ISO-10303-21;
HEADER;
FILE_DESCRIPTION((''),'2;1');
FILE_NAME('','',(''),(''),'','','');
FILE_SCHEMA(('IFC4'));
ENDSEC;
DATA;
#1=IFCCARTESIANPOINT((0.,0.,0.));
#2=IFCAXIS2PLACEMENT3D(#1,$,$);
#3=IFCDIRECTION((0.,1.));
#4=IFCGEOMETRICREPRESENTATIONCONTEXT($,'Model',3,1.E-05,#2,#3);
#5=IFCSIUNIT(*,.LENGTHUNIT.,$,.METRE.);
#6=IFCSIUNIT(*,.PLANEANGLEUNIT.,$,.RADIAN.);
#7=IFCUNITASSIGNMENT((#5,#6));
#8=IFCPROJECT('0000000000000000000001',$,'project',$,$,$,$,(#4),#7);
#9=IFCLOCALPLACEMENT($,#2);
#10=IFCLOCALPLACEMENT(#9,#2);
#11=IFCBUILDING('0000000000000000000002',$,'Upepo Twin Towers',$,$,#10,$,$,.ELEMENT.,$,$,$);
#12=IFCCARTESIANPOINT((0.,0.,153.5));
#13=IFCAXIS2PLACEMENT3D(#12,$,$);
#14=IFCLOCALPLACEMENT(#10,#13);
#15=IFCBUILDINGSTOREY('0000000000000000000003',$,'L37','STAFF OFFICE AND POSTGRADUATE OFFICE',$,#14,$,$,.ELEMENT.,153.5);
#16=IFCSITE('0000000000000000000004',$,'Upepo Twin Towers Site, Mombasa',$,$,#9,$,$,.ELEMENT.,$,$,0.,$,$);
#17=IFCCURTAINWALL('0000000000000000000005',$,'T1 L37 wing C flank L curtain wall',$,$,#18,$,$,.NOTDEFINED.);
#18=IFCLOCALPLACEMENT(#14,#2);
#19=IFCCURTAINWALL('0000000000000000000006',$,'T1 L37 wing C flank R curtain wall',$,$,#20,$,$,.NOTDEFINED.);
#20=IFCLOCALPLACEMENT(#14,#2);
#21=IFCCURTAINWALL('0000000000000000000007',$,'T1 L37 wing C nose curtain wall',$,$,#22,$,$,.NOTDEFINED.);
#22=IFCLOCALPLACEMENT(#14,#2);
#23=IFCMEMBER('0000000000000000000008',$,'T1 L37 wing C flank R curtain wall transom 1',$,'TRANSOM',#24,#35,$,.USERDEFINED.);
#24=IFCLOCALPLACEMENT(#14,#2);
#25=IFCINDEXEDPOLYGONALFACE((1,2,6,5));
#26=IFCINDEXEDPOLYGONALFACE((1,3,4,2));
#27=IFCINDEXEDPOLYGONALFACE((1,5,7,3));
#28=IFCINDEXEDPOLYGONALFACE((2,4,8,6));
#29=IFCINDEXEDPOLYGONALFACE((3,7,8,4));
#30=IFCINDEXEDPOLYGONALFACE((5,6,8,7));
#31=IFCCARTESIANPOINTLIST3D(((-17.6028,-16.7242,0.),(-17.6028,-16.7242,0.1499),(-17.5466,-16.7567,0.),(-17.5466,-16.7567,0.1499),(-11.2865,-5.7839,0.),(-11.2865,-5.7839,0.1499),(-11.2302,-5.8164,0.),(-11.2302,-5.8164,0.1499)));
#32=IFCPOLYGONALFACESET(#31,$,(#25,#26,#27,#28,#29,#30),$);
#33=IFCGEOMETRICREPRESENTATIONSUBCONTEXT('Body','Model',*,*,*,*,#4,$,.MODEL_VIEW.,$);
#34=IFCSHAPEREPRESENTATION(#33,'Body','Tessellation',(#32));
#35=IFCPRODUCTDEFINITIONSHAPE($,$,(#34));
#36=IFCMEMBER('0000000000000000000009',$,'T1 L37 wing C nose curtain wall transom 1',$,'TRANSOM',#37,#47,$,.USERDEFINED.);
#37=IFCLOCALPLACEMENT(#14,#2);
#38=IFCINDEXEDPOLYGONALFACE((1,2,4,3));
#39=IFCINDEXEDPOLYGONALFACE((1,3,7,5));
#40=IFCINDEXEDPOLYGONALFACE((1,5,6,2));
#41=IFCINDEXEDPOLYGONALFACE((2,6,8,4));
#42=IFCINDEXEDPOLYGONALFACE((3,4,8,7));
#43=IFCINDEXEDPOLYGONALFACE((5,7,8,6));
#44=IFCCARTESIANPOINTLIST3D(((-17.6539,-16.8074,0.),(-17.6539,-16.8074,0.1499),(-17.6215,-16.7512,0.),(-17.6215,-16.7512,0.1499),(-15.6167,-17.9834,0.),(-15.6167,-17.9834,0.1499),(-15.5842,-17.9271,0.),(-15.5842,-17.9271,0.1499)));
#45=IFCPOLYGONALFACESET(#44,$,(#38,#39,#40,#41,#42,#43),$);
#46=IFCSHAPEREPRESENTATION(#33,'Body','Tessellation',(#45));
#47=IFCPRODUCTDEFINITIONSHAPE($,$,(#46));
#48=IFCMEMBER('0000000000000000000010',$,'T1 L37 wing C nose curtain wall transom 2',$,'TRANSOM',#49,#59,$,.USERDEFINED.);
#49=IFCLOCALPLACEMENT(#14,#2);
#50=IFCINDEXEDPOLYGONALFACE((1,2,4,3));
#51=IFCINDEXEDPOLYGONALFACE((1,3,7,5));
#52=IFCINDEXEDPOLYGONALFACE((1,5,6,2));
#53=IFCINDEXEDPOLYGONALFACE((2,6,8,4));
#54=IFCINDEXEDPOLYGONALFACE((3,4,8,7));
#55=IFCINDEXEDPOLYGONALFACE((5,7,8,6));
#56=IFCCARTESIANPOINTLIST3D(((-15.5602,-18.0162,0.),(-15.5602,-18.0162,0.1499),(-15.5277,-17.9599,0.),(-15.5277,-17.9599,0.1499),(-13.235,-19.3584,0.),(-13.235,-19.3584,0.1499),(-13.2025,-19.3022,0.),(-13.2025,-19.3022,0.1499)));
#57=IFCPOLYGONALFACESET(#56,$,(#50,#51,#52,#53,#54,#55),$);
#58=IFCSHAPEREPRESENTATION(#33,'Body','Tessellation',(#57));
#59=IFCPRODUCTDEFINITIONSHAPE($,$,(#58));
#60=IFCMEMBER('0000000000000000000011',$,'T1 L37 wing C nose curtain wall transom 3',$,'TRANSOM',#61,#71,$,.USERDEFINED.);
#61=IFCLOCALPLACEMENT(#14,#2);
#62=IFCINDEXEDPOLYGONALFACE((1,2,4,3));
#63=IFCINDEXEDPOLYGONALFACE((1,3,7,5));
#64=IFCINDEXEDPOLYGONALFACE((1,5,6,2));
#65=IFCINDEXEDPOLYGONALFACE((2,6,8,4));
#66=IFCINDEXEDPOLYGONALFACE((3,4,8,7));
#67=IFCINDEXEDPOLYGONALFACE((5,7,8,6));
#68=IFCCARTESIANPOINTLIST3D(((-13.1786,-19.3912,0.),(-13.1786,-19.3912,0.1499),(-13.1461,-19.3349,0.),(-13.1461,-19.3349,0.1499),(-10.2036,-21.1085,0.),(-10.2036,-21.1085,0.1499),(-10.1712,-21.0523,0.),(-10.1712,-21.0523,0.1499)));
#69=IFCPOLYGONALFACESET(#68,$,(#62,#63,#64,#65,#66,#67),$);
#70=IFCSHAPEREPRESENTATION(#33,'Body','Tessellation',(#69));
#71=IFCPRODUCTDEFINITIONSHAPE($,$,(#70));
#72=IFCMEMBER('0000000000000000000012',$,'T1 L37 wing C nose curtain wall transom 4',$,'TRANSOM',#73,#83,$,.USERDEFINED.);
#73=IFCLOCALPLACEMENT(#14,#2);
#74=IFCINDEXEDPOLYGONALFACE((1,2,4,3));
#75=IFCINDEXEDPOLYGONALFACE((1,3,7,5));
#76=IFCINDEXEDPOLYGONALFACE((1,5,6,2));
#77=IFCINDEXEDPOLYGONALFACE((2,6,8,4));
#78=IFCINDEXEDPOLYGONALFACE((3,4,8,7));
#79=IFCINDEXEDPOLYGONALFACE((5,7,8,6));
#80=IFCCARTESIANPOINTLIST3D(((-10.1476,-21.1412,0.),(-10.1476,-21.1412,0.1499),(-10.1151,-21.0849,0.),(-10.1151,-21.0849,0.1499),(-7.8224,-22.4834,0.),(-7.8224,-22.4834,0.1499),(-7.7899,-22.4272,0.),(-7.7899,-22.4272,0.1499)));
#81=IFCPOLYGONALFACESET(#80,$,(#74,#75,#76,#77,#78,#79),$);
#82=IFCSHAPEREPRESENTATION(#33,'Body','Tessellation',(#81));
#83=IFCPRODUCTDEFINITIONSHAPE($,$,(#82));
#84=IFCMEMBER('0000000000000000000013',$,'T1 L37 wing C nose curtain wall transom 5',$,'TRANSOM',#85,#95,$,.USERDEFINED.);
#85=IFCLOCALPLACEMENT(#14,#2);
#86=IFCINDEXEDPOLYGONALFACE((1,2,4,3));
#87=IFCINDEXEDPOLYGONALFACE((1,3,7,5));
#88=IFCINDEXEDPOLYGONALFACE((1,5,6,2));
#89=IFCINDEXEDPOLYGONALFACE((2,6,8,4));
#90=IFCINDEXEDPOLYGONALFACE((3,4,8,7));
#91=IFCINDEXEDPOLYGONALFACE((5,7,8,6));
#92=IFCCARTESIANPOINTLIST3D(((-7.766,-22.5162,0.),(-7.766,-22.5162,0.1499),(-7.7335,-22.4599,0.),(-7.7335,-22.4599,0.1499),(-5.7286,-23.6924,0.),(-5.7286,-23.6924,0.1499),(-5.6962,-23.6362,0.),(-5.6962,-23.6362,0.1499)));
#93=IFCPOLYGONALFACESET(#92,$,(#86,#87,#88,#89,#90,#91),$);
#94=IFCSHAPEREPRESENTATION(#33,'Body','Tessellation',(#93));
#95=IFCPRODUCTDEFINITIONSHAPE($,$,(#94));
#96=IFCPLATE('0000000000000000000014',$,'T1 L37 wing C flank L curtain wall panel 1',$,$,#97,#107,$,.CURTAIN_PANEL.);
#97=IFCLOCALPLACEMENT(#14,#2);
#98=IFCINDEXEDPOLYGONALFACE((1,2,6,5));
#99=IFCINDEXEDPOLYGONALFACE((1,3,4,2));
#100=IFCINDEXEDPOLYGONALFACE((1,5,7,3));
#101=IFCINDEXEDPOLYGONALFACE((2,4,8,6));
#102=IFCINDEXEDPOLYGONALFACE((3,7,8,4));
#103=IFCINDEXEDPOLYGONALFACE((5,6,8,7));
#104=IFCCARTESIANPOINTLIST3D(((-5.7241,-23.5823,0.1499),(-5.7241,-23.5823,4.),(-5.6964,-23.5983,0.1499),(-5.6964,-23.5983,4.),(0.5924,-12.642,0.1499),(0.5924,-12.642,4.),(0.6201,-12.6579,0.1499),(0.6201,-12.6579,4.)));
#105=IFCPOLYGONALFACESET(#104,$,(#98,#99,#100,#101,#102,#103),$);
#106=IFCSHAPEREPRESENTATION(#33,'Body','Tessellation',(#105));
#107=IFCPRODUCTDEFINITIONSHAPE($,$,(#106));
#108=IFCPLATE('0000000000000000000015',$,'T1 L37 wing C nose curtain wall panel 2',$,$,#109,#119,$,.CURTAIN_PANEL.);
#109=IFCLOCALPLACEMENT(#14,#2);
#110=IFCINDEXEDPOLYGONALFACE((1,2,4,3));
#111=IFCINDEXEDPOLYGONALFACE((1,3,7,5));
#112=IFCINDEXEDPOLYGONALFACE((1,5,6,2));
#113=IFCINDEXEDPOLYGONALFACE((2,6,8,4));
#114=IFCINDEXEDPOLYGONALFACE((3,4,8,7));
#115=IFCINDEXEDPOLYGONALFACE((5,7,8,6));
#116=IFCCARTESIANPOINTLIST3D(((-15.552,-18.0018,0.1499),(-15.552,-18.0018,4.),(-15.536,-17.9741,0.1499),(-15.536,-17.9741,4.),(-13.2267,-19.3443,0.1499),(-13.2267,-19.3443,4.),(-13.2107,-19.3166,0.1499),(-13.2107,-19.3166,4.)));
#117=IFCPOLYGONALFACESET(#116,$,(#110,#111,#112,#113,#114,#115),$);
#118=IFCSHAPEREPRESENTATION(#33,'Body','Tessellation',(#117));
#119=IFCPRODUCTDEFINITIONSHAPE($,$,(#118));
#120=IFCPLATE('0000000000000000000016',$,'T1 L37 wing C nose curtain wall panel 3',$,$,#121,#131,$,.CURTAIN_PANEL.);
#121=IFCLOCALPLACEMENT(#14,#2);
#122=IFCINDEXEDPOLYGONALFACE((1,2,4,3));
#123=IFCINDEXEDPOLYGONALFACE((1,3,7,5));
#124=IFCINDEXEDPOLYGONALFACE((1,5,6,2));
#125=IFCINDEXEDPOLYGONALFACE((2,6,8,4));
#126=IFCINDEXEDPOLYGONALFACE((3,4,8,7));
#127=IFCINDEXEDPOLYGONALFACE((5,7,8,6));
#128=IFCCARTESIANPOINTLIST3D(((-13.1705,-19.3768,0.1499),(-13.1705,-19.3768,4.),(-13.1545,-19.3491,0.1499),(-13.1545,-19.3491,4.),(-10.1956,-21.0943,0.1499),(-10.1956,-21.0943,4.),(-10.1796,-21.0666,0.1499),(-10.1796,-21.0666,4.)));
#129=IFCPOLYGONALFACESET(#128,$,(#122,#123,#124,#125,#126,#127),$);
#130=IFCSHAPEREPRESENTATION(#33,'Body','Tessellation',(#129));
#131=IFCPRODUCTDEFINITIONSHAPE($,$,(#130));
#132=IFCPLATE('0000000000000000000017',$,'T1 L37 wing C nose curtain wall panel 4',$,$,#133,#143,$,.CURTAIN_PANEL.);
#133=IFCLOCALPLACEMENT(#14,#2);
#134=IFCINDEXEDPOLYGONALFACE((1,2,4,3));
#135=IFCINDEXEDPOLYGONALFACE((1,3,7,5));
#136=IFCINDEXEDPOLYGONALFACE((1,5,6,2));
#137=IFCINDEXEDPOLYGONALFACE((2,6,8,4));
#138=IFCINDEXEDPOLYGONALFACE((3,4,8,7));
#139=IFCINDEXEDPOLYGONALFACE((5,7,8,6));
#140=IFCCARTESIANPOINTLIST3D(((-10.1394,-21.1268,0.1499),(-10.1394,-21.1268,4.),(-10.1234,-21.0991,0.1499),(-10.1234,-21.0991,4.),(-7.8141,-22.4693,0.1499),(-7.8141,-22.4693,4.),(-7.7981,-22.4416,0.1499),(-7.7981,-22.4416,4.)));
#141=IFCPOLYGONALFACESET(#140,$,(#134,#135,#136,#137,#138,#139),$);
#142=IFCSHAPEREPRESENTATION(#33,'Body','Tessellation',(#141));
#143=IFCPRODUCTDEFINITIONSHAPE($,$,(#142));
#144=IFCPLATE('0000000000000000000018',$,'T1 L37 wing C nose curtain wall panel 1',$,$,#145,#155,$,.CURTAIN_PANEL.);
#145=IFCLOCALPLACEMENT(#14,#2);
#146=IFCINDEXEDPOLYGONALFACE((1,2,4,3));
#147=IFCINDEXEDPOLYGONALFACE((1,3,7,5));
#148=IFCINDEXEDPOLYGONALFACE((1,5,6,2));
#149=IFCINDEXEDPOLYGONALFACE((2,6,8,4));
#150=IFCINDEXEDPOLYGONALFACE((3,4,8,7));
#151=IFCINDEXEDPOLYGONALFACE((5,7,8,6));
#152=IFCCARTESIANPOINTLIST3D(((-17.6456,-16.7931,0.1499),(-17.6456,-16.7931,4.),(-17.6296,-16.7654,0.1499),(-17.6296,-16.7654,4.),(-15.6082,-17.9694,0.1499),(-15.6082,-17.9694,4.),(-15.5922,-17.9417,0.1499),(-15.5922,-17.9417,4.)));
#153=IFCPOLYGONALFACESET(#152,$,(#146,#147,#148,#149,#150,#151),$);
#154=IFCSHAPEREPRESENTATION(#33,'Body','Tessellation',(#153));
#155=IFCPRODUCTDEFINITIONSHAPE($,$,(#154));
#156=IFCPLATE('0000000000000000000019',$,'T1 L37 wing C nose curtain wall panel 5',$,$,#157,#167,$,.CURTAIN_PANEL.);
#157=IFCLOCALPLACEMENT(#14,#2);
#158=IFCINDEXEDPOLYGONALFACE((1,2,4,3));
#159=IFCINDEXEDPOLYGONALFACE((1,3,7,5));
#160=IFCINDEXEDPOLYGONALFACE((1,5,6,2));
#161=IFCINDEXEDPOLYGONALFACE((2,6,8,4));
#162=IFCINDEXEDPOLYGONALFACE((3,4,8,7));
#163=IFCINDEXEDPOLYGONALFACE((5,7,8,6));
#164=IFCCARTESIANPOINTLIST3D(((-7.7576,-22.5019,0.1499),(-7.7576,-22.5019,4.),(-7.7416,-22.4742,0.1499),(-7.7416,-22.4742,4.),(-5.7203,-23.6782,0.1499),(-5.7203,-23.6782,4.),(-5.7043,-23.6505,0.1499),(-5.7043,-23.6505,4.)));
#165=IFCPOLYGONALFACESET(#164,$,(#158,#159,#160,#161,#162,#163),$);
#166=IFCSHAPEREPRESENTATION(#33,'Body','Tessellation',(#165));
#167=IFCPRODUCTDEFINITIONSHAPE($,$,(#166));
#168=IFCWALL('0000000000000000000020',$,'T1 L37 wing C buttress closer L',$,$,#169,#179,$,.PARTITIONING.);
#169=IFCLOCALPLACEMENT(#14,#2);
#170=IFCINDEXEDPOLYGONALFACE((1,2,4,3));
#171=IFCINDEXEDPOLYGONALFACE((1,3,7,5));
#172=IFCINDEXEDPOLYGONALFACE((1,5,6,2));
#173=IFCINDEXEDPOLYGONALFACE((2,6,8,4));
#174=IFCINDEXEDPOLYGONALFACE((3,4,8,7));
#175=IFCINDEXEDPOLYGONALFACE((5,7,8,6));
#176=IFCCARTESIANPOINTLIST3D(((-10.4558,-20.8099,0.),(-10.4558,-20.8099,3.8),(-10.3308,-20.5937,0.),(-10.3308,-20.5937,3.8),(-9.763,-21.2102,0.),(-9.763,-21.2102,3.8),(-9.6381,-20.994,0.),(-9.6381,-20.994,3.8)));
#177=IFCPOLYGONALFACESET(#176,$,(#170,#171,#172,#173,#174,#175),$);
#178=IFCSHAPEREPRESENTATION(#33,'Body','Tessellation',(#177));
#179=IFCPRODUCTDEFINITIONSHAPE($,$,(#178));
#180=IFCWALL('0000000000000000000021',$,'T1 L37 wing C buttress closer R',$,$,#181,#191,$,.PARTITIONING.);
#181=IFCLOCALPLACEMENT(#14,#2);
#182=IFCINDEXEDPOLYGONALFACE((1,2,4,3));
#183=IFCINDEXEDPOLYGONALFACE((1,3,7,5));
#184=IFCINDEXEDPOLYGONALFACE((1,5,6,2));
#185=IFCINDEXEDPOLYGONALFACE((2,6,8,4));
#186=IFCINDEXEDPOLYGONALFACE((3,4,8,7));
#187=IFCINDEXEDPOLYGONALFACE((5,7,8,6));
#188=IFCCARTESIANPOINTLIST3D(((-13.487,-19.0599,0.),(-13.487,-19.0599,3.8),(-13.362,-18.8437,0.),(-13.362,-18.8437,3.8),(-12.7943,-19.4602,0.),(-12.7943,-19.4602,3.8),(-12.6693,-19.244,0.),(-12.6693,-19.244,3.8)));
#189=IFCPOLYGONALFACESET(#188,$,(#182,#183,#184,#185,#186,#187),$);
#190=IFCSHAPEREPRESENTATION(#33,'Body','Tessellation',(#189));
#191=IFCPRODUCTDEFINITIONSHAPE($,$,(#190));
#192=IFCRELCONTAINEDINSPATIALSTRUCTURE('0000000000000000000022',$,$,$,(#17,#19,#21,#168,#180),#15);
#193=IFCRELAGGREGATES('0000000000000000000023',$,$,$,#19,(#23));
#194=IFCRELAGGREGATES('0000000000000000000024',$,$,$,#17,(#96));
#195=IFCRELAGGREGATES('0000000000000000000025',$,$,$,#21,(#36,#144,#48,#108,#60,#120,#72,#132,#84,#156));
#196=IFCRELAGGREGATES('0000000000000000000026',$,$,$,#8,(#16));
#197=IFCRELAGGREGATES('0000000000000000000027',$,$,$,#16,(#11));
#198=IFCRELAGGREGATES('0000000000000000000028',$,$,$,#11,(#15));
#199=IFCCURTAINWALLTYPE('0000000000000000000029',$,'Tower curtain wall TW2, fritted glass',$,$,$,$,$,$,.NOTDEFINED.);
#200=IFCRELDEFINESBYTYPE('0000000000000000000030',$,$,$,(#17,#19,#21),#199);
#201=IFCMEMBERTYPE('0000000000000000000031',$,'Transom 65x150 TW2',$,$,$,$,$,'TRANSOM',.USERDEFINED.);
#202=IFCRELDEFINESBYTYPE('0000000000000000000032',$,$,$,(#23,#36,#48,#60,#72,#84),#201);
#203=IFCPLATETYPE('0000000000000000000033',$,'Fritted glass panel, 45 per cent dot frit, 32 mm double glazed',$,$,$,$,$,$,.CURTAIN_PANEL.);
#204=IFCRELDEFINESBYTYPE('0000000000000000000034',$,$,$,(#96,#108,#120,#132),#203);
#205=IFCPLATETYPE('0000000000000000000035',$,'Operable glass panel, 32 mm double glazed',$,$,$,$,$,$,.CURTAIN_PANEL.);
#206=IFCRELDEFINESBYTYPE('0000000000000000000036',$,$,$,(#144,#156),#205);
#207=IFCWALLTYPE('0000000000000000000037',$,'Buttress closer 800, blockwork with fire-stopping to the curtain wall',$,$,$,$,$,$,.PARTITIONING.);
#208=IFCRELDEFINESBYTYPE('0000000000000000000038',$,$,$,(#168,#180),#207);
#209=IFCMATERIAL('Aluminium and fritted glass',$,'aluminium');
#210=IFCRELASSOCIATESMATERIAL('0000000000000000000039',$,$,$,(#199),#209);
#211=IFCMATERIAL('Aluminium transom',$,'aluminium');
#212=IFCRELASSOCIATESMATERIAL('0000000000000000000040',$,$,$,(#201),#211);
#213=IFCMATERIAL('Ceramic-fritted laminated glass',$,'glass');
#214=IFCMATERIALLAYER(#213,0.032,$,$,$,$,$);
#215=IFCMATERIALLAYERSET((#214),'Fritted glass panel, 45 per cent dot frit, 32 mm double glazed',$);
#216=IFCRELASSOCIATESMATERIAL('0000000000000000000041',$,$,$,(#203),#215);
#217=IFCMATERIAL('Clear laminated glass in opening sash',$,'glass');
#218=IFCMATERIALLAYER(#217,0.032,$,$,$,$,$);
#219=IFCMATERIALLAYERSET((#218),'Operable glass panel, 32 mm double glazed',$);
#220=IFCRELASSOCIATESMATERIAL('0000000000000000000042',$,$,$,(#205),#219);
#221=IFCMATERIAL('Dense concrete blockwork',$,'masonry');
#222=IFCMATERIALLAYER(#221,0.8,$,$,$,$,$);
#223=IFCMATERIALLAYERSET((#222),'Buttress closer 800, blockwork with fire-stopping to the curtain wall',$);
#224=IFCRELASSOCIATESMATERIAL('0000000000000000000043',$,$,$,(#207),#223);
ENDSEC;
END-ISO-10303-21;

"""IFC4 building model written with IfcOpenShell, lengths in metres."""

from ifc_helpers import new_model, si_unit, direction, frame, frame_2d, origin, origin_2d, place, context, subcontext, project, spatial, rectangle, extrude, material, layer, layer_set, material_profile, profile_set, type_object, element, aggregate, save


model = new_model("IFC4")

# Units and contexts
model_context = context("Model", 3, precision=1e-05, world=origin(), true_north=direction((0.0, 1.0)))
body_context = subcontext(model_context, "Body", "Model", "MODEL_VIEW")
ifc_project = project(units=[si_unit("LENGTHUNIT", "METRE"), si_unit("PLANEANGLEUNIT", "RADIAN")], contexts=[model_context])

# Site, building, storey
site_placement = place(None, origin())
site = spatial("IfcSite", under=ifc_project, at=site_placement, Name="Upepo Twin Towers Site, Mombasa", CompositionType="ELEMENT", RefElevation=0.0)
building_placement = place(site_placement, origin())
building = spatial("IfcBuilding", under=site, at=building_placement, Name="Upepo Twin Towers", CompositionType="ELEMENT")
storey_placement = place(building_placement, frame((0.0, 0.0, 153.5)))
storey = spatial("IfcBuildingStorey", under=building, at=storey_placement, Name="L37", Description="STAFF OFFICE AND POSTGRADUATE OFFICE", CompositionType="ELEMENT", Elevation=153.5)

# Curtain walls
ifc_material_1 = material(Name="Aluminium and fritted glass", Category="aluminium")
curtain_wall_type = type_object("IfcCurtainWallType", Name="Tower curtain wall TW2, fritted glass", PredefinedType="NOTDEFINED", material=ifc_material_1)
curtain_wall_1_placement = place(storey_placement, origin())
curtain_wall_1 = element("IfcCurtainWall", 1, at=curtain_wall_1_placement, inside=storey, type_object=curtain_wall_type, Name="T1 L37 wing C flank L curtain wall", PredefinedType="NOTDEFINED")
curtain_wall_2_placement = place(storey_placement, origin())
curtain_wall_2 = element("IfcCurtainWall", 2, at=curtain_wall_2_placement, inside=storey, type_object=curtain_wall_type, Name="T1 L37 wing C flank R curtain wall", PredefinedType="NOTDEFINED")

# Curtain wall
curtain_wall_3_placement = place(storey_placement, origin())
curtain_wall_3 = element("IfcCurtainWall", 3, at=curtain_wall_3_placement, inside=storey, type_object=curtain_wall_type, Name="T1 L37 wing C nose curtain wall", PredefinedType="NOTDEFINED")

# Members
ifc_material_2 = material(Name="Aluminium transom", Category="aluminium")
ifc_material_profile_1 = material_profile(ifc_material_2, rectangle(XDim=0.0649, YDim=0.1499, at=origin_2d()), Name="TRANSOM 65x150")
ifc_profile_set_1 = profile_set([ifc_material_profile_1], Name="Aluminium transom")
member_type_1 = type_object("IfcMemberType", Name="Transom 65x150 TW2", ElementType="TRANSOM", PredefinedType="USERDEFINED", material=ifc_profile_set_1)
member_1_placement = place(storey_placement, frame((-17.5747, -16.7405, 0.075), z_axis=(0.499997, 0.866027, 0.0), x_axis=(-0.866027, 0.499997, 0.0)))
member_1 = element("IfcMember", 4, at=member_1_placement, type_object=member_type_1, Name="T1 L37 wing C flank R curtain wall transom 1", ObjectType="TRANSOM", PredefinedType="USERDEFINED", context=body_context, shape_type="SweptSolid", body=[
    extrude(rectangle(XDim=0.0649, YDim=0.1499, at=origin_2d()), origin(), (0.0, 0.0, 1.0), 12.6328),
])
aggregate(curtain_wall_2, [member_1])
member_2_placement = place(storey_placement, frame((-17.6377, -16.7793, 0.075), z_axis=(0.86607, -0.499923, 0.0), x_axis=(0.499923, 0.86607, 0.0)))
member_2 = element("IfcMember", 5, at=member_2_placement, type_object=member_type_1, Name="T1 L37 wing C nose curtain wall transom 1", ObjectType="TRANSOM", PredefinedType="USERDEFINED", context=body_context, shape_type="SweptSolid", body=[
    extrude(rectangle(XDim=0.0649, YDim=0.1499, at=origin_2d()), origin(), (0.0, 0.0, 1.0), 2.3523),
])
member_3_placement = place(storey_placement, frame((-15.5439, -17.988, 0.075), z_axis=(0.866052, -0.499953, 0.0), x_axis=(0.499953, 0.866052, 0.0)))
member_3 = element("IfcMember", 6, at=member_3_placement, type_object=member_type_1, Name="T1 L37 wing C nose curtain wall transom 2", ObjectType="TRANSOM", PredefinedType="USERDEFINED", context=body_context, shape_type="SweptSolid", body=[
    extrude(rectangle(XDim=0.0649, YDim=0.1499, at=origin_2d()), origin(), (0.0, 0.0, 1.0), 2.6848),
])
member_4_placement = place(storey_placement, frame((-13.1624, -19.363, 0.075), z_axis=(0.866057, -0.499946, 0.0), x_axis=(0.499946, 0.866057, 0.0)))
member_4 = element("IfcMember", 7, at=member_4_placement, type_object=member_type_1, Name="T1 L37 wing C nose curtain wall transom 3", ObjectType="TRANSOM", PredefinedType="USERDEFINED", context=body_context, shape_type="SweptSolid", body=[
    extrude(rectangle(XDim=0.0649, YDim=0.1499, at=origin_2d()), origin(), (0.0, 0.0, 1.0), 3.4351),
])
member_5_placement = place(storey_placement, frame((-10.1313, -21.113, 0.075), z_axis=(0.866052, -0.499953, 0.0), x_axis=(0.499953, 0.866052, 0.0)))
member_5 = element("IfcMember", 8, at=member_5_placement, type_object=member_type_1, Name="T1 L37 wing C nose curtain wall transom 4", ObjectType="TRANSOM", PredefinedType="USERDEFINED", context=body_context, shape_type="SweptSolid", body=[
    extrude(rectangle(XDim=0.0649, YDim=0.1499, at=origin_2d()), origin(), (0.0, 0.0, 1.0), 2.6848),
])
member_6_placement = place(storey_placement, frame((-7.7498, -22.488, 0.075), z_axis=(0.866025, -0.500001, 0.0), x_axis=(0.500001, 0.866025, 0.0)))
member_6 = element("IfcMember", 9, at=member_6_placement, type_object=member_type_1, Name="T1 L37 wing C nose curtain wall transom 5", ObjectType="TRANSOM", PredefinedType="USERDEFINED", context=body_context, shape_type="SweptSolid", body=[
    extrude(rectangle(XDim=0.0649, YDim=0.1499, at=origin_2d()), origin(), (0.0, 0.0, 1.0), 2.3525),
])

# Plates
ifc_material_3 = material(Name="Ceramic-fritted laminated glass", Category="glass")
ifc_layer_1 = layer(ifc_material_3, 0.032)
ifc_layer_set_1 = layer_set([ifc_layer_1], Name="Fritted glass panel, 45 per cent dot frit, 32 mm double glazed")
plate_type_1 = type_object("IfcPlateType", Name="Fritted glass panel, 45 per cent dot frit, 32 mm double glazed", PredefinedType="CURTAIN_PANEL", material=ifc_layer_set_1)
plate_1_placement = place(storey_placement, frame((-2.552, -18.1201, 0.1499), z_axis=(0.0, 0.0, 1.0), x_axis=(-0.5, -0.866025, 0.0)))
plate_1 = element("IfcPlate", 10, at=plate_1_placement, type_object=plate_type_1, Name="T1 L37 wing C flank L curtain wall panel 1", PredefinedType="CURTAIN_PANEL", context=body_context, shape_type="SweptSolid", body=[
    extrude(rectangle(XDim=12.6328, YDim=0.032, at=origin_2d()), origin(), (0.0, 0.0, 1.0), 3.8501),
])
aggregate(curtain_wall_1, [plate_1])
plate_2_placement = place(storey_placement, frame((-14.3813, -18.6592, 0.1499), z_axis=(0.0, 0.0, 1.0), x_axis=(0.866025, -0.5, 0.0)))
plate_2 = element("IfcPlate", 11, at=plate_2_placement, type_object=plate_type_1, Name="T1 L37 wing C nose curtain wall panel 2", PredefinedType="CURTAIN_PANEL", context=body_context, shape_type="SweptSolid", body=[
    extrude(rectangle(XDim=2.6851, YDim=0.032, at=origin_2d()), origin(), (0.0, 0.0, 1.0), 3.8501),
])
plate_3_placement = place(storey_placement, frame((-11.675, -20.2217, 0.1499), z_axis=(0.0, 0.0, 1.0), x_axis=(0.866025, -0.5, 0.0)))
plate_3 = element("IfcPlate", 12, at=plate_3_placement, type_object=plate_type_1, Name="T1 L37 wing C nose curtain wall panel 3", PredefinedType="CURTAIN_PANEL", context=body_context, shape_type="SweptSolid", body=[
    extrude(rectangle(XDim=3.4351, YDim=0.032, at=origin_2d()), origin(), (0.0, 0.0, 1.0), 3.8501),
])
plate_4_placement = place(storey_placement, frame((-8.9688, -21.7842, 0.1499), z_axis=(0.0, 0.0, 1.0), x_axis=(0.866025, -0.5, 0.0)))
plate_4 = element("IfcPlate", 13, at=plate_4_placement, type_object=plate_type_1, Name="T1 L37 wing C nose curtain wall panel 4", PredefinedType="CURTAIN_PANEL", context=body_context, shape_type="SweptSolid", body=[
    extrude(rectangle(XDim=2.6851, YDim=0.032, at=origin_2d()), origin(), (0.0, 0.0, 1.0), 3.8501),
])
ifc_material_4 = material(Name="Clear laminated glass in opening sash", Category="glass")
ifc_layer_2 = layer(ifc_material_4, 0.032)
ifc_layer_set_2 = layer_set([ifc_layer_2], Name="Operable glass panel, 32 mm double glazed")
plate_type_2 = type_object("IfcPlateType", Name="Operable glass panel, 32 mm double glazed", PredefinedType="CURTAIN_PANEL", material=ifc_layer_set_2)
plate_5_placement = place(storey_placement, frame((-16.6189, -17.3674, 0.1499), z_axis=(0.0, 0.0, 1.0), x_axis=(0.866025, -0.5, 0.0)))
plate_5 = element("IfcPlate", 14, at=plate_5_placement, type_object=plate_type_2, Name="T1 L37 wing C nose curtain wall panel 1", PredefinedType="CURTAIN_PANEL", context=body_context, shape_type="SweptSolid", body=[
    extrude(rectangle(XDim=2.3525, YDim=0.032, at=origin_2d()), origin(), (0.0, 0.0, 1.0), 3.8501),
])
plate_6_placement = place(storey_placement, frame((-6.731, -23.0762, 0.1499), z_axis=(0.0, 0.0, 1.0), x_axis=(0.866025, -0.5, 0.0)))
plate_6 = element("IfcPlate", 15, at=plate_6_placement, type_object=plate_type_2, Name="T1 L37 wing C nose curtain wall panel 5", PredefinedType="CURTAIN_PANEL", context=body_context, shape_type="SweptSolid", body=[
    extrude(rectangle(XDim=2.3525, YDim=0.032, at=origin_2d()), origin(), (0.0, 0.0, 1.0), 3.8501),
])
aggregate(curtain_wall_3, [member_2, plate_5, member_3, plate_2, member_4, plate_3, member_5, plate_4, member_6, plate_6])

# Walls
ifc_material_5 = material(Name="Dense concrete blockwork", Category="masonry")
ifc_layer_3 = layer(ifc_material_5, 0.8)
ifc_layer_set_3 = layer_set([ifc_layer_3], Name="Buttress closer 800, blockwork with fire-stopping to the curtain wall")
wall_type = type_object("IfcWallType", Name="Buttress closer 800, blockwork with fire-stopping to the curtain wall", PredefinedType="PARTITIONING", material=ifc_layer_set_3)
for number, where, z_axis, x_axis, name in (
    (16, (-9.9844, -20.7937, 0.0), (0.0, 0.0, 1.0), (-0.500343, -0.865827, 0.0), "T1 L37 wing C buttress closer L"),
    (17, (-13.0156, -19.0437, 0.0), (0.0, 0.0, 1.0), (-0.500343, -0.865827, 0.0), "T1 L37 wing C buttress closer R"),
):
    element("IfcWall", number, at=place(storey_placement, frame(where, z_axis=z_axis, x_axis=x_axis)), inside=storey, type_object=wall_type, Name=name, PredefinedType="PARTITIONING", context=body_context, shape_type="SweptSolid", body=[
        extrude(rectangle(XDim=0.2498, YDim=0.8, at=frame_2d((0.125, 0.0))), origin(), (0.0, 0.0, 1.0), 3.8),
    ])

save(model, "model.ifc")
